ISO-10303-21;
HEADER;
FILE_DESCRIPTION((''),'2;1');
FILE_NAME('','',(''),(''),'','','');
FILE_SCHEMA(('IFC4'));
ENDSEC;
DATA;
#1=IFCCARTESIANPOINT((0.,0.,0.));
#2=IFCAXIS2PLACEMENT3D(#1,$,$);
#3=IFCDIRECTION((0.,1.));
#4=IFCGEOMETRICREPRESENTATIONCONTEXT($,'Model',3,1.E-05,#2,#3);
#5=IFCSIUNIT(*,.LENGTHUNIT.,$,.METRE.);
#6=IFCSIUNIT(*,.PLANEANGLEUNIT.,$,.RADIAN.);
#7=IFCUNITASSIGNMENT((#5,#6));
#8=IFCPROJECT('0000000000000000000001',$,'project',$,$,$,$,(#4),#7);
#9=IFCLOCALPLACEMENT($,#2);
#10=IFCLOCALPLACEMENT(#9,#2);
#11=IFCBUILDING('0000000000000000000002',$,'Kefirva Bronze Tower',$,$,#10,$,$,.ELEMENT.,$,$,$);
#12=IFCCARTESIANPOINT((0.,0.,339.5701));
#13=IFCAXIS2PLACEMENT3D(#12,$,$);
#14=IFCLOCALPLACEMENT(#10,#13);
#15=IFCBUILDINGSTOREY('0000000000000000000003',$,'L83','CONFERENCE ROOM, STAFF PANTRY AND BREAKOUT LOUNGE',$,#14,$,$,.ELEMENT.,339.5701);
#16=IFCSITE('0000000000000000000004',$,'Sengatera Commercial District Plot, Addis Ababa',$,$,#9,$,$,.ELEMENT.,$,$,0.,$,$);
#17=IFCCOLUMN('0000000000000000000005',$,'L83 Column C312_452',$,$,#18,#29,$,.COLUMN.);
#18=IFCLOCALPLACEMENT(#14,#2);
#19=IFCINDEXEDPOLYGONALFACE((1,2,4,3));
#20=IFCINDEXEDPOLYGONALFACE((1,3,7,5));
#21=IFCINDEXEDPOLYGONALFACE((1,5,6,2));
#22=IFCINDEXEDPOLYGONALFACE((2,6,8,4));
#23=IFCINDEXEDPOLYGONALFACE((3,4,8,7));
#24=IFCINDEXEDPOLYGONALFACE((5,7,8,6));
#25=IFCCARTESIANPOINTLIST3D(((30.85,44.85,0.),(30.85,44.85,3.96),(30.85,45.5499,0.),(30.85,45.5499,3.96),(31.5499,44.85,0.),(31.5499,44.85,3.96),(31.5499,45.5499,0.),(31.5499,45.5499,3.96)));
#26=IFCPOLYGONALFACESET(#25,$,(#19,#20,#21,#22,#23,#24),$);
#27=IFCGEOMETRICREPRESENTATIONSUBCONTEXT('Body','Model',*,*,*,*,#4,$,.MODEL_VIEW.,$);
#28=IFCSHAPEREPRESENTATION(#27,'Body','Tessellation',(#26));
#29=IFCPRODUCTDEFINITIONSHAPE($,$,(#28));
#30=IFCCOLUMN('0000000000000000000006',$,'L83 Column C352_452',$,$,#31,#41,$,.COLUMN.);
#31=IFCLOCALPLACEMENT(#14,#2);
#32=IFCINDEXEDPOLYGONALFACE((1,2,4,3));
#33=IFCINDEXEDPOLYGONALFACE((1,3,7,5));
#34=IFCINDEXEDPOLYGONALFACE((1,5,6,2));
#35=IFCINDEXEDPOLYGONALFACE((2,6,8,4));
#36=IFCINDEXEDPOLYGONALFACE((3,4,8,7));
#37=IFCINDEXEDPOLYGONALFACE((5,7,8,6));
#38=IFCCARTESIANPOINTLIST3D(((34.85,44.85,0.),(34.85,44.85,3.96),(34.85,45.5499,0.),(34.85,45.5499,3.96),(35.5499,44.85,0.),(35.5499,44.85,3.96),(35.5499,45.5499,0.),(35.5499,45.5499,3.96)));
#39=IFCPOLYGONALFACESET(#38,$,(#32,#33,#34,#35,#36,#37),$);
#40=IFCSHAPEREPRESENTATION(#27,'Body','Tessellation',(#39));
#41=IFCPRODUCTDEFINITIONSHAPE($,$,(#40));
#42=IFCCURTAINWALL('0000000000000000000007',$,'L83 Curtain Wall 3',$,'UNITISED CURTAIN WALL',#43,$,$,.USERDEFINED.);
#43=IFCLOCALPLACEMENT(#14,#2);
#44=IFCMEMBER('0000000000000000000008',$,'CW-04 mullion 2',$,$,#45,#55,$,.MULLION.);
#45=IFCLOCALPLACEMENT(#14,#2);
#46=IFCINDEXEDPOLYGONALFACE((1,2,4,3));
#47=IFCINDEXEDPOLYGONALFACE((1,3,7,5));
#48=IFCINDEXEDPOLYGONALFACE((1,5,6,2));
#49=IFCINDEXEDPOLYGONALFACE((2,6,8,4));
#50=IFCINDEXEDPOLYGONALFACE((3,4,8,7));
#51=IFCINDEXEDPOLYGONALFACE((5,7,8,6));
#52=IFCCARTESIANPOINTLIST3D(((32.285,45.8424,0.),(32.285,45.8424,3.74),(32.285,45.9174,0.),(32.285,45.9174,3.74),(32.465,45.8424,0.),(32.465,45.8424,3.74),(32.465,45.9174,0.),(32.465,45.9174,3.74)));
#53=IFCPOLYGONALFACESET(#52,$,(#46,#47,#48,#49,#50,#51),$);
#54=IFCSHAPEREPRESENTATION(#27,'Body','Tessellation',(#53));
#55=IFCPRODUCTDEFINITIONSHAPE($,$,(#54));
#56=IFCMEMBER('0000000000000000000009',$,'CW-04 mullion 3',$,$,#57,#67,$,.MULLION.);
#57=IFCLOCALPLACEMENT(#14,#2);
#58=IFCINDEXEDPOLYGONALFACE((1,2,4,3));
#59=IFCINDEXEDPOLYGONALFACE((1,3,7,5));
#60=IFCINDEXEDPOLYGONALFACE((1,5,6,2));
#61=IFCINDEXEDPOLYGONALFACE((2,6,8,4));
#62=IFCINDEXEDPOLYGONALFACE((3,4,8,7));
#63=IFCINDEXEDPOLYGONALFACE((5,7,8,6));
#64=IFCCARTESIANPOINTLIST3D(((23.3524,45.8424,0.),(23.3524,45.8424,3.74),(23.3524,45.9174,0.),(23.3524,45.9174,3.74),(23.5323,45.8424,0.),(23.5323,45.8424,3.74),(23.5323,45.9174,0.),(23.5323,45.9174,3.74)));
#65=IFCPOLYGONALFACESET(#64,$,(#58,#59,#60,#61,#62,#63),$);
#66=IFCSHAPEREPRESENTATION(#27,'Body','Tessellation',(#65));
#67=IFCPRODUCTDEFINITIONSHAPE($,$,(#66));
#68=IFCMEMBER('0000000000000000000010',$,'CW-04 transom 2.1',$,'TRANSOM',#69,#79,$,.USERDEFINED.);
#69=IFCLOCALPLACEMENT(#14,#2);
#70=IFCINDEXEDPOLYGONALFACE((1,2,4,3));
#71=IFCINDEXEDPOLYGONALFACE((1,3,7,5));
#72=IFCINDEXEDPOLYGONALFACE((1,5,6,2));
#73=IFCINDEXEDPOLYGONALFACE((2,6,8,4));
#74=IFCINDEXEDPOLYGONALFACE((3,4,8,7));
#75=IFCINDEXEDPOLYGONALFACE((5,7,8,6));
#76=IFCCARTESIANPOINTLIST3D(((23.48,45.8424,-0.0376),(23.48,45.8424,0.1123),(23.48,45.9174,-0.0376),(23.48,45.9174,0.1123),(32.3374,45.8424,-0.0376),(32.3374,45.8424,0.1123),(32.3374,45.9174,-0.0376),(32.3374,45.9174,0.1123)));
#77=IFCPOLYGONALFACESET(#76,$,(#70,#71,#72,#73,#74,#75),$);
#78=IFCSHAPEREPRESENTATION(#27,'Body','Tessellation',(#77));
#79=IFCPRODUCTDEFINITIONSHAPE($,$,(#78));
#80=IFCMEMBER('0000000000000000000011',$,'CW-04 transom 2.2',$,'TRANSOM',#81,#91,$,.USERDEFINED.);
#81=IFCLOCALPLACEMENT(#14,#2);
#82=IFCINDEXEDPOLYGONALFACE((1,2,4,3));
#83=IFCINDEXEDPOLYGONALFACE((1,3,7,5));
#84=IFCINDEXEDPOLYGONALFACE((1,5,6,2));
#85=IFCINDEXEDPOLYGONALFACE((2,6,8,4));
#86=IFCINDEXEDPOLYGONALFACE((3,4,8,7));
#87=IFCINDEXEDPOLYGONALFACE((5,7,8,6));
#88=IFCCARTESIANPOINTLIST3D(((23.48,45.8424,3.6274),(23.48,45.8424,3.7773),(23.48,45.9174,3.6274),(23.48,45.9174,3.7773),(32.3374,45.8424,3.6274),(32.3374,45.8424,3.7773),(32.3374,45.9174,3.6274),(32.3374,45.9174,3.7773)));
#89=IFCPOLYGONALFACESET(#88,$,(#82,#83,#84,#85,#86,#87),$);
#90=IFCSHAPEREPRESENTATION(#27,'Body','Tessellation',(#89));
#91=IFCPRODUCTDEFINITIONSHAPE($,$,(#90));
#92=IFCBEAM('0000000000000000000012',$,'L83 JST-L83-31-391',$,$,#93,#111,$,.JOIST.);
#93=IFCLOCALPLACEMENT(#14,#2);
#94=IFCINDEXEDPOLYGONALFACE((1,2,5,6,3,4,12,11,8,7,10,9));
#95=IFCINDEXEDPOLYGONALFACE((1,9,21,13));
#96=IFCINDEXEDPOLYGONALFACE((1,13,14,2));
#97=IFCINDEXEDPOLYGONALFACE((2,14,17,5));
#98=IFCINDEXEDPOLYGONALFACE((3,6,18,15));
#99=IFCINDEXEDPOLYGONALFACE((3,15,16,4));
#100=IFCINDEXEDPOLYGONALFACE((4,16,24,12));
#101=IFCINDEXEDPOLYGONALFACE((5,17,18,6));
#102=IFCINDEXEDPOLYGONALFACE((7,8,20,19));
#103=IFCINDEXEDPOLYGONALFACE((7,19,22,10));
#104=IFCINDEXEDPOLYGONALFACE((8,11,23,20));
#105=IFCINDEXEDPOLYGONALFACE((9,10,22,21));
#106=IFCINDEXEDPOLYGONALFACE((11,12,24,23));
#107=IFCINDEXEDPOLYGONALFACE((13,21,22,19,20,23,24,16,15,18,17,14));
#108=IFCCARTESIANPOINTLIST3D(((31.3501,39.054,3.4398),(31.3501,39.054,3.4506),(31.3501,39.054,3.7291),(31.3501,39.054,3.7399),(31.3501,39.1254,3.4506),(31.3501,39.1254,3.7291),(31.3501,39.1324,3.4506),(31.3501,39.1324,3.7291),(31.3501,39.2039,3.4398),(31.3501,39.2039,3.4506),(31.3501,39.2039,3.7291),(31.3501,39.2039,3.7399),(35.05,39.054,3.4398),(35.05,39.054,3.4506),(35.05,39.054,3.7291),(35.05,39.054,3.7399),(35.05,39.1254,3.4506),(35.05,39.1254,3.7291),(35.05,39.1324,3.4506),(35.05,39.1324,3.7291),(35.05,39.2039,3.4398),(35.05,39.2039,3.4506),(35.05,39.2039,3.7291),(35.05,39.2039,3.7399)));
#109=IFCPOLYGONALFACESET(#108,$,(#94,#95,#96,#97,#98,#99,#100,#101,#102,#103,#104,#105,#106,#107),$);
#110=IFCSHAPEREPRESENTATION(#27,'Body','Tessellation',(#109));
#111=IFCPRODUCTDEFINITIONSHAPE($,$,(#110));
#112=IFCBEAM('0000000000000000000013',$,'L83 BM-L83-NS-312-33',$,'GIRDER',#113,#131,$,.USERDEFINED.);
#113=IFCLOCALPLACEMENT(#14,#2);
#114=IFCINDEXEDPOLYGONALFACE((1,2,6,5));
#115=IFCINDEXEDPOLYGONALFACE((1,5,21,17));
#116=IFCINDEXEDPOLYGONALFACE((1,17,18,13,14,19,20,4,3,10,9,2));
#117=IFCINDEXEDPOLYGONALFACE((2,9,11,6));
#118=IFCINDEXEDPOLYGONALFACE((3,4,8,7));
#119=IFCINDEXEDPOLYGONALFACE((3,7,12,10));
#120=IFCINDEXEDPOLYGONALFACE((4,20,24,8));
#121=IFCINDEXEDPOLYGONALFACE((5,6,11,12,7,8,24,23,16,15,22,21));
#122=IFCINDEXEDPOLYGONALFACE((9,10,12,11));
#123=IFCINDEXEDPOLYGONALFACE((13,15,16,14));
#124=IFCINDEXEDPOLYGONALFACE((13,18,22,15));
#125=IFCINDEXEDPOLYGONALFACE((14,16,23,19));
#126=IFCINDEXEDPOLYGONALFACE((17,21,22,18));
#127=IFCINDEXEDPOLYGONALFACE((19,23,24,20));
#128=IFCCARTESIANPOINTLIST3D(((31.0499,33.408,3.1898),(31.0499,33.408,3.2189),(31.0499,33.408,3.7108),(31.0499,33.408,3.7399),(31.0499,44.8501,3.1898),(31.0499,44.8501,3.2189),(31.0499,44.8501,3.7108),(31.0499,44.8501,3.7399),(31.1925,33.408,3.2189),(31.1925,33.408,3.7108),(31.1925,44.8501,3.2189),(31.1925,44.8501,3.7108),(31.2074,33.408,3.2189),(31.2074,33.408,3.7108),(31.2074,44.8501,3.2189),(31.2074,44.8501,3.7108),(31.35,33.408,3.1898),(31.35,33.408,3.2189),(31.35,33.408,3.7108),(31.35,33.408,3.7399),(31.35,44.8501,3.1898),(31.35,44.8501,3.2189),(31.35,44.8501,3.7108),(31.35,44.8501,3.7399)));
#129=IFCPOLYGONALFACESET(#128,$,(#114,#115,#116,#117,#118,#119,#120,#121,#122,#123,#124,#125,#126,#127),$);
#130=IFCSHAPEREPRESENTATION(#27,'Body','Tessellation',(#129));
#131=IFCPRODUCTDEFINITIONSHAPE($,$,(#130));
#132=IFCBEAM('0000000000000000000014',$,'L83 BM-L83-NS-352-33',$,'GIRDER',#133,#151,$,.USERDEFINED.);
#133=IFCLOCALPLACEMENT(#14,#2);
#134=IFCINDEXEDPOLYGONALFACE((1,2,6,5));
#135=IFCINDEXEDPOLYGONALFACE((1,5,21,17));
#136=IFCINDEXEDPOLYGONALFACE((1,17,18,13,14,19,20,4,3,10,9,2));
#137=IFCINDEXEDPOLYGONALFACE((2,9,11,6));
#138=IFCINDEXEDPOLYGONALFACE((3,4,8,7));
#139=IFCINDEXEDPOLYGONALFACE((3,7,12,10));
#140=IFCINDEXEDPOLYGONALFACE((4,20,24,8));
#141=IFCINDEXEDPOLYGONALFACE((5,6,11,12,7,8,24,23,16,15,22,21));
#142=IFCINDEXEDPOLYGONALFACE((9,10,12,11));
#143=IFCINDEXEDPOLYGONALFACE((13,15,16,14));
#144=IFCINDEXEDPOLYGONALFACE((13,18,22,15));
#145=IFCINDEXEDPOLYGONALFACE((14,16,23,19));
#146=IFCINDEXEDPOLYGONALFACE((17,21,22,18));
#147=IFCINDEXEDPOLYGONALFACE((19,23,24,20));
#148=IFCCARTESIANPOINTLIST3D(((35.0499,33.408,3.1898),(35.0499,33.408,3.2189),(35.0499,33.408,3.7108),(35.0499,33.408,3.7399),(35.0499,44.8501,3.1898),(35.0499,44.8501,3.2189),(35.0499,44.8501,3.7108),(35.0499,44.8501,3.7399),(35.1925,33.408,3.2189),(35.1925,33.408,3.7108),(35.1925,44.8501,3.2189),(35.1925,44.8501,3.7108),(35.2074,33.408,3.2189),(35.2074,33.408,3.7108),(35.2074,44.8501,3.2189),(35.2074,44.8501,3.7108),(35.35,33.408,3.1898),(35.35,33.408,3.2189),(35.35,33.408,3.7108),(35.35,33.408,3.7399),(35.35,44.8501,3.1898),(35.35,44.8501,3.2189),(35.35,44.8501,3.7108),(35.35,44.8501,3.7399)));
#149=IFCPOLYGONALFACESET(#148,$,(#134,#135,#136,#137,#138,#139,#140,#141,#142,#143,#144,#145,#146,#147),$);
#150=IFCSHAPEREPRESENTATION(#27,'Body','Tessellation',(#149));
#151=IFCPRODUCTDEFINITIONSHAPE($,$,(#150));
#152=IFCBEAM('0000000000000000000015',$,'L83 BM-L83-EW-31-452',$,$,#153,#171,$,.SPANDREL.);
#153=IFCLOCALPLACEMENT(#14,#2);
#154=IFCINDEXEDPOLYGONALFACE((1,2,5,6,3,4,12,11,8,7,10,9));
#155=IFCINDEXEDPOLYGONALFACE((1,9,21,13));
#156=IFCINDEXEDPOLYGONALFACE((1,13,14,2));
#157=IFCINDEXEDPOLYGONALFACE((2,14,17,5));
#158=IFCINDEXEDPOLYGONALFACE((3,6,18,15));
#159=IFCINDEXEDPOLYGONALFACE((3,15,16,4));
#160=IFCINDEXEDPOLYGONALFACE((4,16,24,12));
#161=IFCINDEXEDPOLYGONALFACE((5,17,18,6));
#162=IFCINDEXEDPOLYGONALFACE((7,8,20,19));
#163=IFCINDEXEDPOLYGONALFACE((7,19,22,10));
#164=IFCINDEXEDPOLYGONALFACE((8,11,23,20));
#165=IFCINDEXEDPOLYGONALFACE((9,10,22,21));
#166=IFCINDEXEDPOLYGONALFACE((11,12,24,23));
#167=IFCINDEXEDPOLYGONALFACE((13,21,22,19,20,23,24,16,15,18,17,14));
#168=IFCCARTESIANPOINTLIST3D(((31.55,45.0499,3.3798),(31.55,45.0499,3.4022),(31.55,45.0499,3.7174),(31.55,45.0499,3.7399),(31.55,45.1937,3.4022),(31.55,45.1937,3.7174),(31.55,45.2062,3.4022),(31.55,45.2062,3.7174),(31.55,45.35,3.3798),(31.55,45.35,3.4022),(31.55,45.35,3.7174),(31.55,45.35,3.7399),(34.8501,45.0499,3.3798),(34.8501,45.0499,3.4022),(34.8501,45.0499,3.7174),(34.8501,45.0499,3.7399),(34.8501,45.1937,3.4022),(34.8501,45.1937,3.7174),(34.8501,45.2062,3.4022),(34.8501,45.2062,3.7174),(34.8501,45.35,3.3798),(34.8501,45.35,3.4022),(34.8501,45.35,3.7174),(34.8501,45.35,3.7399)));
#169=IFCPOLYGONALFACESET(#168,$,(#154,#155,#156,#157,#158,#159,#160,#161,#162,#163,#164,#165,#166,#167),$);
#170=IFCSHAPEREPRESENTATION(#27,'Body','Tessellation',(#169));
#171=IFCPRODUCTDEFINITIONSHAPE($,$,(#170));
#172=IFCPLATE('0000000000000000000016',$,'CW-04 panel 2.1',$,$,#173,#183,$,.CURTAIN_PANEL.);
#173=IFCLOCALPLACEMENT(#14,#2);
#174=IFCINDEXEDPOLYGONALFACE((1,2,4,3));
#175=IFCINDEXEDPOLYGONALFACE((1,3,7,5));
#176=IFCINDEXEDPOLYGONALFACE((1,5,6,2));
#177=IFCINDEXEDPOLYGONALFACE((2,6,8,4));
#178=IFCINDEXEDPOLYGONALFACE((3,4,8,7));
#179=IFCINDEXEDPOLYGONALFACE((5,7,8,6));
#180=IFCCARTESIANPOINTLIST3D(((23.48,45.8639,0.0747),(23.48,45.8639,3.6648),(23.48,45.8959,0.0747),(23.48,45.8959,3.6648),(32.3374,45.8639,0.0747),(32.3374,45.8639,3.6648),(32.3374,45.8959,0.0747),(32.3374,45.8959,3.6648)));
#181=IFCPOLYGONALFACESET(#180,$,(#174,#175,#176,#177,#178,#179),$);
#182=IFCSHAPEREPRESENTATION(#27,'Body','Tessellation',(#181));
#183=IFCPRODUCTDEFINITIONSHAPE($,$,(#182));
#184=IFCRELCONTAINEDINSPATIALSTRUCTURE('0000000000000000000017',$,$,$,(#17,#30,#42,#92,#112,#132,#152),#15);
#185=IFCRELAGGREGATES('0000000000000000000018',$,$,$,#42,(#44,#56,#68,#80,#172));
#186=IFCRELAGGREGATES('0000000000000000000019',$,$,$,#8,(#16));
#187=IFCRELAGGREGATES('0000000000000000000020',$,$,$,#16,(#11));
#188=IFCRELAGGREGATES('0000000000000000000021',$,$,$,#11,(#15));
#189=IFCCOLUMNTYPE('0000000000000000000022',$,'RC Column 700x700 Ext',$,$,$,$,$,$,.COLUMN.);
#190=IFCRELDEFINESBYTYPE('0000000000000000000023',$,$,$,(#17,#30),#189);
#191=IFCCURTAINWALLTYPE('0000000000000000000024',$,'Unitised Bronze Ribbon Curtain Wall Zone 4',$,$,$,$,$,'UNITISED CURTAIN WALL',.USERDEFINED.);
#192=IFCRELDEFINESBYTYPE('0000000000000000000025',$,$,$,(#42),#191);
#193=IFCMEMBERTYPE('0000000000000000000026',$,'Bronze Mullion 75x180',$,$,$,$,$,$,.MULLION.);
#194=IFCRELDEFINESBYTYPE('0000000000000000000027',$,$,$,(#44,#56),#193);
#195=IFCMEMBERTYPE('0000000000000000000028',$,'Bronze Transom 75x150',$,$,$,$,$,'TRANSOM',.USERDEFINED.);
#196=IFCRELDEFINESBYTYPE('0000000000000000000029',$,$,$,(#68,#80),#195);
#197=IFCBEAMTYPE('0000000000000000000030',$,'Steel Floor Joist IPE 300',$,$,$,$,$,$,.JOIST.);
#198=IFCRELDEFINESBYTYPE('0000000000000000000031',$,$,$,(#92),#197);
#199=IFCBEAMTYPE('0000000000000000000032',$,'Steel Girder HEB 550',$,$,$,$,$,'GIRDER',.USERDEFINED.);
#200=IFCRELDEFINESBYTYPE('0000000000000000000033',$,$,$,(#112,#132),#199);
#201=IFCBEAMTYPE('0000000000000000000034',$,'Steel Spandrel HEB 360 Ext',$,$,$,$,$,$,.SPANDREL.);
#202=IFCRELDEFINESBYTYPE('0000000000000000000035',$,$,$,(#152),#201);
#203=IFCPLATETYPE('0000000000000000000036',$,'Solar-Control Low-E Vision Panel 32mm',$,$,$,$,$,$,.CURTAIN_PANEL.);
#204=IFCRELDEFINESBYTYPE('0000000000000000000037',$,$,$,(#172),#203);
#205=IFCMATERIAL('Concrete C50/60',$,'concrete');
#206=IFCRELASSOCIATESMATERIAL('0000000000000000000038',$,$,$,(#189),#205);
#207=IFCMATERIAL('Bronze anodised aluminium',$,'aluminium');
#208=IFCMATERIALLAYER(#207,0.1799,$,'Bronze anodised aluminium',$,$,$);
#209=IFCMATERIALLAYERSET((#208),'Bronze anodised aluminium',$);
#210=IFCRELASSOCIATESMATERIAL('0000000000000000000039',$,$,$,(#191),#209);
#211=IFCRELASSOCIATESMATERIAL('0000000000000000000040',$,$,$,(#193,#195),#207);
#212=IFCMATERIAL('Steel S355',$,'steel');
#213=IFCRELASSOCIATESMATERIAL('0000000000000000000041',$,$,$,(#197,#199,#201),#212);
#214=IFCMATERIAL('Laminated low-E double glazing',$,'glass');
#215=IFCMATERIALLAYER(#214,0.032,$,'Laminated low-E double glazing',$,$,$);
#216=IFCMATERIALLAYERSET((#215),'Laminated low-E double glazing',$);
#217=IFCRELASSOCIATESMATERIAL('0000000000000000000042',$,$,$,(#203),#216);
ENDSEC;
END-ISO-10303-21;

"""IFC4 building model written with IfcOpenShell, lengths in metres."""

from ifc_helpers import new_model, si_unit, direction, frame, origin, origin_2d, place, context, subcontext, project, spatial, rectangle, i_section, extrude, material, layer, layer_set, material_profile, profile_set, type_object, element, aggregate, save


model = new_model("IFC4")

# Units and contexts
model_context = context("Model", 3, precision=1e-05, world=origin(), true_north=direction((0.0, 1.0)))
body_context = subcontext(model_context, "Body", "Model", "MODEL_VIEW")
ifc_project = project(units=[si_unit("LENGTHUNIT", "METRE"), si_unit("PLANEANGLEUNIT", "RADIAN")], contexts=[model_context])

# Site, building, storey
site_placement = place(None, origin())
site = spatial("IfcSite", under=ifc_project, at=site_placement, Name="Sengatera Commercial District Plot, Addis Ababa", CompositionType="ELEMENT", RefElevation=0.0)
building_placement = place(site_placement, origin())
building = spatial("IfcBuilding", under=site, at=building_placement, Name="Kefirva Bronze Tower", CompositionType="ELEMENT")
storey_placement = place(building_placement, frame((0.0, 0.0, 339.5701)))
storey = spatial("IfcBuildingStorey", under=building, at=storey_placement, Name="L83", Description="CONFERENCE ROOM, STAFF PANTRY AND BREAKOUT LOUNGE", CompositionType="ELEMENT", Elevation=339.5701)

# Columns
ifc_material_1 = material(Name="Concrete C50/60", Category="concrete")
ifc_material_profile_1 = material_profile(ifc_material_1, rectangle(XDim=0.7, YDim=0.7, at=origin_2d()), Name="RC 700x700")
ifc_profile_set_1 = profile_set([ifc_material_profile_1], Name="Concrete C50/60")
column_type = type_object("IfcColumnType", Name="RC Column 700x700 Ext", PredefinedType="COLUMN", material=ifc_profile_set_1)
for number, where, z_axis, x_axis, name in (
    (1, (31.2, 45.2, 0.0), (0.0, 0.0, 1.0), (1.0, 0.0, 0.0), "L83 Column C312_452"),
    (2, (35.2, 45.2, 0.0), (0.0, 0.0, 1.0), (1.0, 0.0, 0.0), "L83 Column C352_452"),
):
    element("IfcColumn", number, at=place(storey_placement, frame(where, z_axis=z_axis, x_axis=x_axis)), inside=storey, type_object=column_type, Name=name, PredefinedType="COLUMN", context=body_context, shape_type="SweptSolid", body=[
        extrude(rectangle(XDim=0.7, YDim=0.7, at=origin_2d()), origin(), (0.0, 0.0, 1.0), 3.96),
    ])

# Curtain wall, members
ifc_material_2 = material(Name="Bronze anodised aluminium", Category="aluminium")
ifc_layer_1 = layer(ifc_material_2, 0.1799, Name="Bronze anodised aluminium")
ifc_layer_set_1 = layer_set([ifc_layer_1], Name="Bronze anodised aluminium")
curtain_wall_type = type_object("IfcCurtainWallType", Name="Unitised Bronze Ribbon Curtain Wall Zone 4", ElementType="UNITISED CURTAIN WALL", PredefinedType="USERDEFINED", material=ifc_layer_set_1)
curtain_wall_placement = place(storey_placement, origin())
curtain_wall = element("IfcCurtainWall", 3, at=curtain_wall_placement, inside=storey, type_object=curtain_wall_type, Name="L83 Curtain Wall 3", ObjectType="UNITISED CURTAIN WALL", PredefinedType="USERDEFINED")
ifc_material_profile_2 = material_profile(ifc_material_2, rectangle(XDim=0.075, YDim=0.1799, at=origin_2d()), Name="ALU 75x180")
ifc_profile_set_2 = profile_set([ifc_material_profile_2], Name="Bronze anodised aluminium")
member_type_1 = type_object("IfcMemberType", Name="Bronze Mullion 75x180", PredefinedType="MULLION", material=ifc_profile_set_2)
member_1_placement = place(storey_placement, frame((32.375, 45.8799, 0.0), z_axis=(0.0, 0.0, 1.0), x_axis=(0.0, -1.0, 0.0)))
member_1 = element("IfcMember", 4, at=member_1_placement, type_object=member_type_1, Name="CW-04 mullion 2", PredefinedType="MULLION", context=body_context, shape_type="SweptSolid", body=[
    extrude(rectangle(XDim=0.075, YDim=0.1799, at=origin_2d()), origin(), (0.0, 0.0, 1.0), 3.74),
])
member_2_placement = place(storey_placement, frame((23.4424, 45.8799, 0.0), z_axis=(0.0, 0.0, 1.0), x_axis=(0.0, -1.0, 0.0)))
member_2 = element("IfcMember", 5, at=member_2_placement, type_object=member_type_1, Name="CW-04 mullion 3", PredefinedType="MULLION", context=body_context, shape_type="SweptSolid", body=[
    extrude(rectangle(XDim=0.075, YDim=0.1799, at=origin_2d()), origin(), (0.0, 0.0, 1.0), 3.74),
])
ifc_material_profile_3 = material_profile(ifc_material_2, rectangle(XDim=0.075, YDim=0.1499, at=origin_2d()), Name="ALU 75x150")
ifc_profile_set_3 = profile_set([ifc_material_profile_3], Name="Bronze anodised aluminium")
member_type_2 = type_object("IfcMemberType", Name="Bronze Transom 75x150", ElementType="TRANSOM", PredefinedType="USERDEFINED", material=ifc_profile_set_3)
member_3_placement = place(storey_placement, frame((32.3374, 45.8799, 0.0374), z_axis=(-1.0, 0.0, 0.0), x_axis=(0.0, -1.0, 0.0)))
member_3 = element("IfcMember", 6, at=member_3_placement, type_object=member_type_2, Name="CW-04 transom 2.1", ObjectType="TRANSOM", PredefinedType="USERDEFINED", context=body_context, shape_type="SweptSolid", body=[
    extrude(rectangle(XDim=0.075, YDim=0.1499, at=origin_2d()), origin(), (0.0, 0.0, 1.0), 8.8574),
])
member_4_placement = place(storey_placement, frame((32.3374, 45.8799, 3.7024), z_axis=(-1.0, 0.0, 0.0), x_axis=(0.0, -1.0, 0.0)))
member_4 = element("IfcMember", 7, at=member_4_placement, type_object=member_type_2, Name="CW-04 transom 2.2", ObjectType="TRANSOM", PredefinedType="USERDEFINED", context=body_context, shape_type="SweptSolid", body=[
    extrude(rectangle(XDim=0.075, YDim=0.1499, at=origin_2d()), origin(), (0.0, 0.0, 1.0), 8.8574),
])

# Beams
ifc_material_3 = material(Name="Steel S355", Category="steel")
ifc_material_profile_4 = material_profile(ifc_material_3, i_section(OverallWidth=0.1499, OverallDepth=0.3, WebThickness=0.0071, FlangeThickness=0.0107, at=origin_2d()), Name="IPE 300")
ifc_profile_set_4 = profile_set([ifc_material_profile_4], Name="Steel S355")
beam_type_1 = type_object("IfcBeamType", Name="Steel Floor Joist IPE 300", PredefinedType="JOIST", material=ifc_profile_set_4)
beam_1_placement = place(storey_placement, frame((31.3501, 39.1289, 3.5898), z_axis=(1.0, 0.0, 0.0), x_axis=(0.0, 1.0, 0.0)))
element("IfcBeam", 8, at=beam_1_placement, inside=storey, type_object=beam_type_1, Name="L83 JST-L83-31-391", PredefinedType="JOIST", context=body_context, shape_type="SweptSolid", body=[
    extrude(i_section(OverallWidth=0.1499, OverallDepth=0.3, WebThickness=0.0071, FlangeThickness=0.0107, at=origin_2d()), origin(), (0.0, 0.0, 1.0), 3.7),
])
ifc_material_profile_5 = material_profile(ifc_material_3, i_section(OverallWidth=0.3, OverallDepth=0.55, WebThickness=0.0149, FlangeThickness=0.0291, at=origin_2d()), Name="HEB 550")
ifc_profile_set_5 = profile_set([ifc_material_profile_5], Name="Steel S355")
beam_type_2 = type_object("IfcBeamType", Name="Steel Girder HEB 550", ElementType="GIRDER", PredefinedType="USERDEFINED", material=ifc_profile_set_5)
for number, where, z_axis, x_axis, name in (
    (9, (31.2, 33.408, 3.4648), (0.0, 1.0, 0.0), (-1.0, 0.0, 0.0), "L83 BM-L83-NS-312-33"),
    (10, (35.2, 33.408, 3.4648), (0.0, 1.0, 0.0), (-1.0, 0.0, 0.0), "L83 BM-L83-NS-352-33"),
):
    element("IfcBeam", number, at=place(storey_placement, frame(where, z_axis=z_axis, x_axis=x_axis)), inside=storey, type_object=beam_type_2, Name=name, ObjectType="GIRDER", PredefinedType="USERDEFINED", context=body_context, shape_type="SweptSolid", body=[
        extrude(i_section(OverallWidth=0.3, OverallDepth=0.55, WebThickness=0.0149, FlangeThickness=0.0291, at=origin_2d()), origin(), (0.0, 0.0, 1.0), 11.4421),
    ])
ifc_material_profile_6 = material_profile(ifc_material_3, i_section(OverallWidth=0.3, OverallDepth=0.3601, WebThickness=0.0125, FlangeThickness=0.0225, at=origin_2d()), Name="HEB 360")
ifc_profile_set_6 = profile_set([ifc_material_profile_6], Name="Steel S355")
beam_type_3 = type_object("IfcBeamType", Name="Steel Spandrel HEB 360 Ext", PredefinedType="SPANDREL", material=ifc_profile_set_6)
beam_2_placement = place(storey_placement, frame((31.55, 45.2, 3.5598), z_axis=(1.0, 0.0, 0.0), x_axis=(0.0, 1.0, 0.0)))
element("IfcBeam", 11, at=beam_2_placement, inside=storey, type_object=beam_type_3, Name="L83 BM-L83-EW-31-452", PredefinedType="SPANDREL", context=body_context, shape_type="SweptSolid", body=[
    extrude(i_section(OverallWidth=0.3, OverallDepth=0.3601, WebThickness=0.0125, FlangeThickness=0.0225, at=origin_2d()), origin(), (0.0, 0.0, 1.0), 3.3),
])

# Plate
ifc_material_4 = material(Name="Laminated low-E double glazing", Category="glass")
ifc_layer_2 = layer(ifc_material_4, 0.032, Name="Laminated low-E double glazing")
ifc_layer_set_2 = layer_set([ifc_layer_2], Name="Laminated low-E double glazing")
plate_type = type_object("IfcPlateType", Name="Solar-Control Low-E Vision Panel 32mm", PredefinedType="CURTAIN_PANEL", material=ifc_layer_set_2)
plate_placement = place(storey_placement, frame((27.9087, 45.8799, 0.0747), z_axis=(0.0, 0.0, 1.0), x_axis=(-1.0, 0.0, 0.0)))
plate = element("IfcPlate", 12, at=plate_placement, type_object=plate_type, Name="CW-04 panel 2.1", PredefinedType="CURTAIN_PANEL", context=body_context, shape_type="SweptSolid", body=[
    extrude(rectangle(XDim=8.8574, YDim=0.032, at=origin_2d()), origin(), (0.0, 0.0, 1.0), 3.5901),
])
aggregate(curtain_wall, [member_1, member_2, member_3, member_4, plate])

save(model, "model.ifc")
